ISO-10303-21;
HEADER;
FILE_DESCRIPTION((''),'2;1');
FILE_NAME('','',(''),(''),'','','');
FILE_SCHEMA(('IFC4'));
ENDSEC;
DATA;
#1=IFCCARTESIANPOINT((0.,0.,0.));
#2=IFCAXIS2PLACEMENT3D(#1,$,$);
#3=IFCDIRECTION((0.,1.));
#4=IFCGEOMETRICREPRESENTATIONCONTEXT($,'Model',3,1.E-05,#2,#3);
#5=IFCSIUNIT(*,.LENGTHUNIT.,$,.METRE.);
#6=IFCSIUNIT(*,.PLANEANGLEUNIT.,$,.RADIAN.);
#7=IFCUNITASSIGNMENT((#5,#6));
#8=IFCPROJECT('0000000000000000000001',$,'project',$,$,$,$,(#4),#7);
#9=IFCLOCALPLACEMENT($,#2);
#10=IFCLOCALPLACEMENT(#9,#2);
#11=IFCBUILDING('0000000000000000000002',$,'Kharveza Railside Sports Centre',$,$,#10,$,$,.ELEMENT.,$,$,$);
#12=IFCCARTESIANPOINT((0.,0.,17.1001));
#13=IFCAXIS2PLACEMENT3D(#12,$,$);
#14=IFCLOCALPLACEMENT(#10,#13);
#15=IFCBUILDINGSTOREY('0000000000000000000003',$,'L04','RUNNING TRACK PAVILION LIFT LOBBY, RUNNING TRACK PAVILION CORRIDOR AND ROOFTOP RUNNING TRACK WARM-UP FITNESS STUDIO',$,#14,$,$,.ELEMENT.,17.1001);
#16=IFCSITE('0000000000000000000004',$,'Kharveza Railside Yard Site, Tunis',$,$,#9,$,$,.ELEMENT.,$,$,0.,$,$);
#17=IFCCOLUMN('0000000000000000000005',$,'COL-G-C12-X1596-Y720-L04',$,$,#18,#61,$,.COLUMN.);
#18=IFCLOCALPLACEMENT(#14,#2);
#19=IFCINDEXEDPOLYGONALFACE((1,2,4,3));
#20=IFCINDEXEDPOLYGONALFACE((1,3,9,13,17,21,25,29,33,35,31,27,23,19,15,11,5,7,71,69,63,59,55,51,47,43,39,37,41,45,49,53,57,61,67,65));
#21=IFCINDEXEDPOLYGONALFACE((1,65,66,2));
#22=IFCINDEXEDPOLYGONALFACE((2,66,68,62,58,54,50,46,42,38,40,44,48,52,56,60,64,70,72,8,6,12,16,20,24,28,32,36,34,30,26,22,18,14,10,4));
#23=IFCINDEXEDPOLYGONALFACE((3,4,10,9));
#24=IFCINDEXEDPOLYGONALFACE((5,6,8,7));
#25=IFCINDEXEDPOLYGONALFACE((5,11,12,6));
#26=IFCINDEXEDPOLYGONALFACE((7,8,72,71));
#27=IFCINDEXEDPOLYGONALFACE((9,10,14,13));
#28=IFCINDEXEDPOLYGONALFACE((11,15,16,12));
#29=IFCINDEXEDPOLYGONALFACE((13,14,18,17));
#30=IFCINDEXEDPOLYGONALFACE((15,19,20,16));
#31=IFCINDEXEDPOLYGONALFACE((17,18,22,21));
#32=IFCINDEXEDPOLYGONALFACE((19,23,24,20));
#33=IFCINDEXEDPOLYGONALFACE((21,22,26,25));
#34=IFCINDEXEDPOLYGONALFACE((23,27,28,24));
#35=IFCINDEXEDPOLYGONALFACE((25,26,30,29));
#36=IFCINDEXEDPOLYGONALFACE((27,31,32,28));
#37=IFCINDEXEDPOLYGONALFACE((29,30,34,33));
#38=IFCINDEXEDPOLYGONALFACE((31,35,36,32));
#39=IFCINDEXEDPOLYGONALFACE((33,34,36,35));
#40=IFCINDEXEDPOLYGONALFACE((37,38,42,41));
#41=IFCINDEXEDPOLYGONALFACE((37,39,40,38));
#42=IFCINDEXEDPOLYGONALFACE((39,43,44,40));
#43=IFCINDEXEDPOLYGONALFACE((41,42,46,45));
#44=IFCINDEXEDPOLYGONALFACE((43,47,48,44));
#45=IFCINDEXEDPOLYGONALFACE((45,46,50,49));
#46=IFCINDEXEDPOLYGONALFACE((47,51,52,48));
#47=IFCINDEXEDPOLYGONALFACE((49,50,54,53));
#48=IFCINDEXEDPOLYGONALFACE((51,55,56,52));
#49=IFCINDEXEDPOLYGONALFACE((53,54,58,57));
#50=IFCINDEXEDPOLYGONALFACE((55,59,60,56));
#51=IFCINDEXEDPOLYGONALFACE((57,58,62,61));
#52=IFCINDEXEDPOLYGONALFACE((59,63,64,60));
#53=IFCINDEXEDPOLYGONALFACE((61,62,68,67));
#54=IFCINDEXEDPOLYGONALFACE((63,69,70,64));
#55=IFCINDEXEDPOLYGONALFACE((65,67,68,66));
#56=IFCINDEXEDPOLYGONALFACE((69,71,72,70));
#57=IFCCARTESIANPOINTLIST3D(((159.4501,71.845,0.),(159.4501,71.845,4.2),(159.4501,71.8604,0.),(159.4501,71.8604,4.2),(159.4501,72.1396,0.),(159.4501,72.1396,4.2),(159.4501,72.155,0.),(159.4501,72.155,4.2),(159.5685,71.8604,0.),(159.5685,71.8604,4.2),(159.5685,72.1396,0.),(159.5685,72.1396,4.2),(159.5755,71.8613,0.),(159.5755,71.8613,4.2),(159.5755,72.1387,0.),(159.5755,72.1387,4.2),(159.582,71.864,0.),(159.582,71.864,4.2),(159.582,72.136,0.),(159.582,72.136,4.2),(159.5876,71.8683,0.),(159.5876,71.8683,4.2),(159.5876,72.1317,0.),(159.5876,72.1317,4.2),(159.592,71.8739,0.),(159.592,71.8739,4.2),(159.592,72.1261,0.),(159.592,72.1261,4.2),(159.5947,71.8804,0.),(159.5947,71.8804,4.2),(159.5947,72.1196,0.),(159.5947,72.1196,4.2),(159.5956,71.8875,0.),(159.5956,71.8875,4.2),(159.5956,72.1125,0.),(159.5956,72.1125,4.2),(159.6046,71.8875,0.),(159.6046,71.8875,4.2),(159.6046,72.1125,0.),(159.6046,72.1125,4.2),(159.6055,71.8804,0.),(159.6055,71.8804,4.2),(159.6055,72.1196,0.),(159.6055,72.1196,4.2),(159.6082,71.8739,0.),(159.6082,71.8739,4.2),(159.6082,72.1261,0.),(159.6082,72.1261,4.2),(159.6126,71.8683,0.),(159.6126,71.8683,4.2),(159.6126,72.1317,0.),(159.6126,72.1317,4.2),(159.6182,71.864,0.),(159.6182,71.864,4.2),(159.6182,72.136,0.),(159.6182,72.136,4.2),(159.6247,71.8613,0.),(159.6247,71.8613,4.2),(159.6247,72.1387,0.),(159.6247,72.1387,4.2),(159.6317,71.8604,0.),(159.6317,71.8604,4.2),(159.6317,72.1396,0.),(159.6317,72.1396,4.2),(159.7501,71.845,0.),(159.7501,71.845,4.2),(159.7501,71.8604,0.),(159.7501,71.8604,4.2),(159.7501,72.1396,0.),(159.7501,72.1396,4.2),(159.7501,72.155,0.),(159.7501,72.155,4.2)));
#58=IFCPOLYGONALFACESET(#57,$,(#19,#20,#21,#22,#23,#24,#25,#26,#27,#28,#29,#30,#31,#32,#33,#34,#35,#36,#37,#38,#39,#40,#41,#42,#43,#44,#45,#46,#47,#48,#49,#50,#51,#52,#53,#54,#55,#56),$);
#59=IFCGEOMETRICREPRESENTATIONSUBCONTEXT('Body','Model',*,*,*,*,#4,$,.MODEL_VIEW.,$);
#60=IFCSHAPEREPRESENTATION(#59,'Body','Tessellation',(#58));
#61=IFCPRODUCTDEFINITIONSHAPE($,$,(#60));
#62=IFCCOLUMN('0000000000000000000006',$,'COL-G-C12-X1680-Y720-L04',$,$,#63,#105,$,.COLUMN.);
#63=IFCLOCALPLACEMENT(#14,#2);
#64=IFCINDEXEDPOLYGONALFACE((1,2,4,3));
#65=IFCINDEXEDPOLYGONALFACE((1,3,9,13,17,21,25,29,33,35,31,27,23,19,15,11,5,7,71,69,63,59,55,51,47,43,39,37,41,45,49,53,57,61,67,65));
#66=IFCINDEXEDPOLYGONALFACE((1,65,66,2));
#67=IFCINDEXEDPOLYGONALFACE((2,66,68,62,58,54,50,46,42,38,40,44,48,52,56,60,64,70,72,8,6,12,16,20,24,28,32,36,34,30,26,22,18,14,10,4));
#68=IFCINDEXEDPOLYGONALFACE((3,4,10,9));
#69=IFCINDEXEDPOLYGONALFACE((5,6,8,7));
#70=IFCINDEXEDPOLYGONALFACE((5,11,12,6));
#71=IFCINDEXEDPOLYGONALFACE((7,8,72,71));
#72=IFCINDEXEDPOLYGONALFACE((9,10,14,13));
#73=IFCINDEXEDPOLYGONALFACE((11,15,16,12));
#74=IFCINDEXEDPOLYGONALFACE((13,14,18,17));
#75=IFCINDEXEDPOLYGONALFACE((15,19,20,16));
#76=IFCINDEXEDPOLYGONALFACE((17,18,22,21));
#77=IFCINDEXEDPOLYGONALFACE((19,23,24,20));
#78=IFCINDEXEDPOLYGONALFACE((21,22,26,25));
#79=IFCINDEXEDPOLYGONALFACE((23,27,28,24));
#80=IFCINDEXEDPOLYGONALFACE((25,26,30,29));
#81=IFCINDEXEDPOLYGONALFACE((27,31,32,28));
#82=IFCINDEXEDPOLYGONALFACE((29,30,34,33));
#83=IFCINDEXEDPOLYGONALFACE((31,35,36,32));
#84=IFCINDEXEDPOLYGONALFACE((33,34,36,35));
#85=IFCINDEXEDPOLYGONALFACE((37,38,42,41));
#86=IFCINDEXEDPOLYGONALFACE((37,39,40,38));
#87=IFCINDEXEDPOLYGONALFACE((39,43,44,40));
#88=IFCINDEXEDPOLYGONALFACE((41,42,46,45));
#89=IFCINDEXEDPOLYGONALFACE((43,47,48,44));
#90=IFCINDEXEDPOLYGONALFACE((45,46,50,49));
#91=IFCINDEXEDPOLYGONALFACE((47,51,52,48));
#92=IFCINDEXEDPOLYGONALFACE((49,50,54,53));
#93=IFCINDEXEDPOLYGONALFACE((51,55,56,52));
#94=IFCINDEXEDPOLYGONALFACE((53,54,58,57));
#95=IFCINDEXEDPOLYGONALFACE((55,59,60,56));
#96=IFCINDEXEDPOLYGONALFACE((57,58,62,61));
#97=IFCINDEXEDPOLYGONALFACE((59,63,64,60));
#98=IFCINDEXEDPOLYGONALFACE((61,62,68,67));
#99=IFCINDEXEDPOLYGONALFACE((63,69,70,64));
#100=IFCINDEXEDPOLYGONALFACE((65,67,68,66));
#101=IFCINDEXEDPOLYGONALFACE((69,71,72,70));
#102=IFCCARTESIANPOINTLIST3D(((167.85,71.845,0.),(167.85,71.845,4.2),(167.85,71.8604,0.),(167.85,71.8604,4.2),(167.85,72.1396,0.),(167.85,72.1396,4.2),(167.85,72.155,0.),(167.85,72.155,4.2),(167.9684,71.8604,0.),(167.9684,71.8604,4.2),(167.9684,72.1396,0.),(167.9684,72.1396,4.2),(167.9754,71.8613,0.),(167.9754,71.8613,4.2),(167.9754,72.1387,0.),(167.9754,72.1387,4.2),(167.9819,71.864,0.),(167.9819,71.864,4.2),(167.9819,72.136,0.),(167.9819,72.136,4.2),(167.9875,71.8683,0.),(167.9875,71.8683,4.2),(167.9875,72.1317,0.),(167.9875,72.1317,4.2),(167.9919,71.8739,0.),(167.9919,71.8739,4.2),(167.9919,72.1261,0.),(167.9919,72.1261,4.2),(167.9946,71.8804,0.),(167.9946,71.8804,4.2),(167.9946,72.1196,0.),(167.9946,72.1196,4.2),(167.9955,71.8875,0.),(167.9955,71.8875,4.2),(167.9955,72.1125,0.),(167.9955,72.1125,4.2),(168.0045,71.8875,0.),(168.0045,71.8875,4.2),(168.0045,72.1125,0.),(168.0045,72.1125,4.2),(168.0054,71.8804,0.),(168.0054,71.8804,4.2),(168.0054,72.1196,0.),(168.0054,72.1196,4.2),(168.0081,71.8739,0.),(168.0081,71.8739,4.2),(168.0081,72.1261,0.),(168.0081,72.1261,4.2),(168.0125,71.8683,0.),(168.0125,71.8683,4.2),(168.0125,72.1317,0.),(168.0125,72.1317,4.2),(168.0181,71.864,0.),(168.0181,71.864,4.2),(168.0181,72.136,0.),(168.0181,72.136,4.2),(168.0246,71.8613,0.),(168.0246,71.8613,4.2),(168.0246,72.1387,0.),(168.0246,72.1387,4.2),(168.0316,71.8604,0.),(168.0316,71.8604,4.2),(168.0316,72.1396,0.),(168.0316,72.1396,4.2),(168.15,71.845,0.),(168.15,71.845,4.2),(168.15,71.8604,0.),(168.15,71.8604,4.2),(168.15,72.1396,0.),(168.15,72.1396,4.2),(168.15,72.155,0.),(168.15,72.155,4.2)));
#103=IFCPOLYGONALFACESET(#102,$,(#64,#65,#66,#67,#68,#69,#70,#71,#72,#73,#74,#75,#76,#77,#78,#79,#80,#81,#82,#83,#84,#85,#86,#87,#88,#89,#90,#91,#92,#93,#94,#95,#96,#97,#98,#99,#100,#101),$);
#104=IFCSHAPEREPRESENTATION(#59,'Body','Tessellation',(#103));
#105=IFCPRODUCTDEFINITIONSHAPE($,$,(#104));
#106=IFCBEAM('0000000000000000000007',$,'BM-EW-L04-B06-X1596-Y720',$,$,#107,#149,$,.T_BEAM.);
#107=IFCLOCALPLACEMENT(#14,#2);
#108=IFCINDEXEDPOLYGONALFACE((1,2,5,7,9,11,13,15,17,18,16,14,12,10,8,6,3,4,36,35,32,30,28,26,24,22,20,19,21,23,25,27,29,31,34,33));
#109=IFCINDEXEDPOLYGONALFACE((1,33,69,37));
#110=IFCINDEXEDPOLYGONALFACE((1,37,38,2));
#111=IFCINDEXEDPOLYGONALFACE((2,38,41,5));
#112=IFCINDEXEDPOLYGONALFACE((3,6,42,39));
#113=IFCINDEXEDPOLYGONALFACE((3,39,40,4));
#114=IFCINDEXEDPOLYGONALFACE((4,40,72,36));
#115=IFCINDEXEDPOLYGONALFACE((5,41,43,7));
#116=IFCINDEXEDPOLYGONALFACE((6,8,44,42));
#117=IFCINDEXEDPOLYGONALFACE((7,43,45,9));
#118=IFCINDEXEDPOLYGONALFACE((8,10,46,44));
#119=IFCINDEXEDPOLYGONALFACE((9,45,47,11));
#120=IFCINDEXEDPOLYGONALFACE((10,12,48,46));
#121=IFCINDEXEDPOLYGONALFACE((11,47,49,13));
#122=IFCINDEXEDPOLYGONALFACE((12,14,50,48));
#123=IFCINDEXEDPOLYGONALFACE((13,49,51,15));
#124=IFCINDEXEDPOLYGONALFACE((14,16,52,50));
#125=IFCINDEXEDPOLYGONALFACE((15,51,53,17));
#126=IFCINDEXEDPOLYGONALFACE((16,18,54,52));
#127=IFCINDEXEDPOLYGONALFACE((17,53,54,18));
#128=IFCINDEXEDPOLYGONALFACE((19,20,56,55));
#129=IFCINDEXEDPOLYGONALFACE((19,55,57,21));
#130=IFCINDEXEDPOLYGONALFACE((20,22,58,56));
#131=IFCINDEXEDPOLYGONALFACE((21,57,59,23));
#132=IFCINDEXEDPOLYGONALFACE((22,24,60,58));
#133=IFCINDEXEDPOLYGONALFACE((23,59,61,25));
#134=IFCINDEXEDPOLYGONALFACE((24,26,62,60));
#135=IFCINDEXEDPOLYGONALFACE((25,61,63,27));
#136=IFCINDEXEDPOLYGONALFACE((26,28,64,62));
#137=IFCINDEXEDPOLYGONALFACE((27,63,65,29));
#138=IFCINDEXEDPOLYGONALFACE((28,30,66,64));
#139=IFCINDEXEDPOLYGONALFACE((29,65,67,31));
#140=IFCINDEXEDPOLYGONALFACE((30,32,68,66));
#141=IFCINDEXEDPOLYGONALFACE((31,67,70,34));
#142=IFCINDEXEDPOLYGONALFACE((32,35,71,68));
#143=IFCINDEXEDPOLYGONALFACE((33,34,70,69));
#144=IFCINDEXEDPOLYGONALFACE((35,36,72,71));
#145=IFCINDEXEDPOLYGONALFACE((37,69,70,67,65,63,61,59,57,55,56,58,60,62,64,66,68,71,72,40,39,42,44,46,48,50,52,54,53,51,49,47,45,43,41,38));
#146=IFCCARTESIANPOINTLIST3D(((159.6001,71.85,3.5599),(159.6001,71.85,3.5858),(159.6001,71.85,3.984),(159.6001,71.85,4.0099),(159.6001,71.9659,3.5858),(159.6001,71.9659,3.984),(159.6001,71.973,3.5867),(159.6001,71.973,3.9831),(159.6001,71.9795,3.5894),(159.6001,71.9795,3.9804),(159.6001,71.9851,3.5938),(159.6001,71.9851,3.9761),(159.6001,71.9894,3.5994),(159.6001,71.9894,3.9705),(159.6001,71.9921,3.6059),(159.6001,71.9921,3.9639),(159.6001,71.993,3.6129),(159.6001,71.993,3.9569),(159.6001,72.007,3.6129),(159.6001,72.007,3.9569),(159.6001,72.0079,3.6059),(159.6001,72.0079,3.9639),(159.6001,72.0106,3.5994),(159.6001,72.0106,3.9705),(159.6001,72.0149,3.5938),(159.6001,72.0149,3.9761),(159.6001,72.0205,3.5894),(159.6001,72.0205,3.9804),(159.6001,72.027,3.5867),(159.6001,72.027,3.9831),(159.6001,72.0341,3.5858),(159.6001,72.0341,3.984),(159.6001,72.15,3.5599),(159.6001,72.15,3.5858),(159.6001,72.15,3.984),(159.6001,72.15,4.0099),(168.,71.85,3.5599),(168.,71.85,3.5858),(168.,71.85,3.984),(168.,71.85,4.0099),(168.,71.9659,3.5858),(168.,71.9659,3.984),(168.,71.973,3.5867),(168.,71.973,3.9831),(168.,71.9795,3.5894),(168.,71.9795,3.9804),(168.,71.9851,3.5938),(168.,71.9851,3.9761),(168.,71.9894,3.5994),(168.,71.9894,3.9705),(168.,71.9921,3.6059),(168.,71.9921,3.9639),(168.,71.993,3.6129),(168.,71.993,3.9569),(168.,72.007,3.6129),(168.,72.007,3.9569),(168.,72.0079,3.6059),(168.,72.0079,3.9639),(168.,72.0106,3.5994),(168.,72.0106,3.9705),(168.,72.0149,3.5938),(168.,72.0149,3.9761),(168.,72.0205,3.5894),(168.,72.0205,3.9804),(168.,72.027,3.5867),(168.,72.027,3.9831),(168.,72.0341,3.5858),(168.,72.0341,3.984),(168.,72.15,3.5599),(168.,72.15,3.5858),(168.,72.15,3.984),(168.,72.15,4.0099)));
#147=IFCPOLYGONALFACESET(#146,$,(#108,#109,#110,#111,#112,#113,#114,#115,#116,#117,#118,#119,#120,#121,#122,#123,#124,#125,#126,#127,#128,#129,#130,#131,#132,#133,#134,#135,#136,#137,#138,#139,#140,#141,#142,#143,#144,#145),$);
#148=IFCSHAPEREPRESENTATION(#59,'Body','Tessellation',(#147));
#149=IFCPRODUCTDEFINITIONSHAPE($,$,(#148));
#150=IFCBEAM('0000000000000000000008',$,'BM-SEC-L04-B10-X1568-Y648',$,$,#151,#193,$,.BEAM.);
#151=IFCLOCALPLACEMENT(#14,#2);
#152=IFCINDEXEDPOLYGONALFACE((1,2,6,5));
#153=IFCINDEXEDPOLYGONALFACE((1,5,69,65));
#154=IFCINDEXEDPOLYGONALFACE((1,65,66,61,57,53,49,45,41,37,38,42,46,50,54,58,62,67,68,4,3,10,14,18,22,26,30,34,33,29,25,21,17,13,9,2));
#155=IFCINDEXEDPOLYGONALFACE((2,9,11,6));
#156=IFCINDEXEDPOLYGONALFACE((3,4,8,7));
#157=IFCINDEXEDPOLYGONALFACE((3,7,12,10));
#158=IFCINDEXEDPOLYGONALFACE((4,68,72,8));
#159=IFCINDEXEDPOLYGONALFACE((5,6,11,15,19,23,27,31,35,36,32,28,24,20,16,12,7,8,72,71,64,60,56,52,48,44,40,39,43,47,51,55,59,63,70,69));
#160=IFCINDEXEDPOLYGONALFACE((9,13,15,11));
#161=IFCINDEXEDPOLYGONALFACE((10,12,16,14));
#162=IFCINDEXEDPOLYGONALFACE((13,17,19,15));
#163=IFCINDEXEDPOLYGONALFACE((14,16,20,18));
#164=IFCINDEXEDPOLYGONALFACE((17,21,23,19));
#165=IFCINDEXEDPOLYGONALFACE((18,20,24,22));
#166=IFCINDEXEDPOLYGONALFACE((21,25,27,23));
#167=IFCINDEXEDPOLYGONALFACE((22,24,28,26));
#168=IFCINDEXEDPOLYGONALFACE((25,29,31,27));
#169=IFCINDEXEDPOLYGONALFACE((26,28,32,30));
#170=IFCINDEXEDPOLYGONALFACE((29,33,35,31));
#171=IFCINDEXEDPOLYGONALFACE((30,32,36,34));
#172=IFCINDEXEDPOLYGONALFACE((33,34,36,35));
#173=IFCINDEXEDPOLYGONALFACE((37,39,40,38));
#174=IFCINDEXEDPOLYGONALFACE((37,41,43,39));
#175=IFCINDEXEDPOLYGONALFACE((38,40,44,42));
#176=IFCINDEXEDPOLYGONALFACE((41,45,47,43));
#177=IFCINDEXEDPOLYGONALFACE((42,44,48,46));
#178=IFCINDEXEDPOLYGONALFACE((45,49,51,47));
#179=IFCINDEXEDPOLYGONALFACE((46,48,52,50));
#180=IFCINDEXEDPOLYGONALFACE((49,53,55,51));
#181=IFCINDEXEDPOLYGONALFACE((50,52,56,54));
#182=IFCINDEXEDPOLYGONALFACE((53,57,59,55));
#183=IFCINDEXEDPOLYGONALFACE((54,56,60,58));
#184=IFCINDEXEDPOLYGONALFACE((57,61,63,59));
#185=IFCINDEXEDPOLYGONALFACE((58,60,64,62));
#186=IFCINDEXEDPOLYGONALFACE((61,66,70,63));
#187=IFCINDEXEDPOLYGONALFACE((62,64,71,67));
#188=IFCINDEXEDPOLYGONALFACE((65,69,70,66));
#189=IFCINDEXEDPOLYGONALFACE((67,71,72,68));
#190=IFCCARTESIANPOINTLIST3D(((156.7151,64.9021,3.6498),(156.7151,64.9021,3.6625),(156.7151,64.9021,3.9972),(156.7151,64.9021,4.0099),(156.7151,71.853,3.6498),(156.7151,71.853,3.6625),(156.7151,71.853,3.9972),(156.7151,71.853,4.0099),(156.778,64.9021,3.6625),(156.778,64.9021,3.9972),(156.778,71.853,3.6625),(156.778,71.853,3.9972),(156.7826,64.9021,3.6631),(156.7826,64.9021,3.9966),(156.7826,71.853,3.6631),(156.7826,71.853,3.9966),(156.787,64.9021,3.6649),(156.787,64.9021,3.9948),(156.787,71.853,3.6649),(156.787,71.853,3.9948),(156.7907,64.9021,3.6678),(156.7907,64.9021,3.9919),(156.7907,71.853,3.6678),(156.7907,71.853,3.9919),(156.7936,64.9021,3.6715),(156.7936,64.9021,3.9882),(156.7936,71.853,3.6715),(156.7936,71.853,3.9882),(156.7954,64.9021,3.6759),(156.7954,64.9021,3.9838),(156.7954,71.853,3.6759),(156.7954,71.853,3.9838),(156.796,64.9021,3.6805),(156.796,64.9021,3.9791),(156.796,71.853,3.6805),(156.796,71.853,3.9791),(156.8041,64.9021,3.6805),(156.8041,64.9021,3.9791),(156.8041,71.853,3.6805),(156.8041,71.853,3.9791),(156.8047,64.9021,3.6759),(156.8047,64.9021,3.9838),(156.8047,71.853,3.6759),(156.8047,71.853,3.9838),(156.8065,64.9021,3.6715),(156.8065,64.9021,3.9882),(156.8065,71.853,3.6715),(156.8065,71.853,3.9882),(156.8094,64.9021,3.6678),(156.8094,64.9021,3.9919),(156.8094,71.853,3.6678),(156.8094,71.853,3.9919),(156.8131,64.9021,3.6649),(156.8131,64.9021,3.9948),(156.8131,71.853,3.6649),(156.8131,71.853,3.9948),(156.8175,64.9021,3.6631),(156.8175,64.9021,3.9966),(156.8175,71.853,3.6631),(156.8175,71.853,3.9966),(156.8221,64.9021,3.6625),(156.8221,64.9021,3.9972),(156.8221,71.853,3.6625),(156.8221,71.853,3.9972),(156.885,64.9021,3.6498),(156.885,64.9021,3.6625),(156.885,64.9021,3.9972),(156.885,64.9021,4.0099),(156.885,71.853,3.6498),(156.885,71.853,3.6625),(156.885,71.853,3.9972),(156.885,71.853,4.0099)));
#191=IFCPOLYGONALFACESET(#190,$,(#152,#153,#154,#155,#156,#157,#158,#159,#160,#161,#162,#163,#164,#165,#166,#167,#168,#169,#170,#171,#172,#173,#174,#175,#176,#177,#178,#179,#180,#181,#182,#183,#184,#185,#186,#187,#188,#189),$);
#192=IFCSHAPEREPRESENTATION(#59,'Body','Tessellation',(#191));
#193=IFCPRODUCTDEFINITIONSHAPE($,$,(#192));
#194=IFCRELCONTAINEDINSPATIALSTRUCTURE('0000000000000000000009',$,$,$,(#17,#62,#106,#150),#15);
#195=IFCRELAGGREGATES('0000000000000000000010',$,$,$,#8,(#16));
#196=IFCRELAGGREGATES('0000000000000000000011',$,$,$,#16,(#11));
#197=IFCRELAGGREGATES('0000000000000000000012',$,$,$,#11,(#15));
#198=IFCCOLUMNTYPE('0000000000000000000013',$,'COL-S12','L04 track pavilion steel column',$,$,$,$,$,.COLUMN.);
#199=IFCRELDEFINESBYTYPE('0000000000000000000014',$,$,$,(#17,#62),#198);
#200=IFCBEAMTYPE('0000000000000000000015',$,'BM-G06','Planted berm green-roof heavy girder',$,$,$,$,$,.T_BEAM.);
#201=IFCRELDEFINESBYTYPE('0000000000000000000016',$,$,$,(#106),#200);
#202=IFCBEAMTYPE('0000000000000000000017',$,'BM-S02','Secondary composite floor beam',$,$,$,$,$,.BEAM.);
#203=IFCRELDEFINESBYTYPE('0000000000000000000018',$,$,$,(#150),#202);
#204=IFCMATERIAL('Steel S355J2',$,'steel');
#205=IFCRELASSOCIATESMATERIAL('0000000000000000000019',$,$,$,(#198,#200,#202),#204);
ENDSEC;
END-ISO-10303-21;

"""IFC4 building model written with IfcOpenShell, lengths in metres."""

from ifc_helpers import new_model, si_unit, direction, frame, origin, origin_2d, place, context, subcontext, project, spatial, i_section, extrude, material, material_profile, profile_set, type_object, element, save


model = new_model("IFC4")

# Units and contexts
model_context = context("Model", 3, precision=1e-05, world=origin(), true_north=direction((0.0, 1.0)))
body_context = subcontext(model_context, "Body", "Model", "MODEL_VIEW")
ifc_project = project(units=[si_unit("LENGTHUNIT", "METRE"), si_unit("PLANEANGLEUNIT", "RADIAN")], contexts=[model_context])

# Site, building, storey
site_placement = place(None, origin())
site = spatial("IfcSite", under=ifc_project, at=site_placement, Name="Kharveza Railside Yard Site, Tunis", CompositionType="ELEMENT", RefElevation=0.0)
building_placement = place(site_placement, origin())
building = spatial("IfcBuilding", under=site, at=building_placement, Name="Kharveza Railside Sports Centre", CompositionType="ELEMENT")
storey_placement = place(building_placement, frame((0.0, 0.0, 17.1001)))
storey = spatial("IfcBuildingStorey", under=building, at=storey_placement, Name="L04", Description="RUNNING TRACK PAVILION LIFT LOBBY, RUNNING TRACK PAVILION CORRIDOR AND ROOFTOP RUNNING TRACK WARM-UP FITNESS STUDIO", CompositionType="ELEMENT", Elevation=17.1001)

# Columns
ifc_material_1 = material(Name="Steel S355J2", Category="steel")
ifc_material_profile_1 = material_profile(ifc_material_1, i_section(OverallWidth=0.3, OverallDepth=0.3101, WebThickness=0.009, FlangeThickness=0.0154, FilletRadius=0.0271, at=origin_2d()), Name="HEA 320")
ifc_profile_set_1 = profile_set([ifc_material_profile_1], Name="Steel S355J2")
column_type = type_object("IfcColumnType", Name="COL-S12", Description="L04 track pavilion steel column", PredefinedType="COLUMN", material=ifc_profile_set_1)
for number, where, z_axis, x_axis, name in (
    (1, (159.6001, 72.0, 0.0), (0.0, 0.0, 1.0), (1.0, 0.0, 0.0), "COL-G-C12-X1596-Y720-L04"),
    (2, (168.0, 72.0, 0.0), (0.0, 0.0, 1.0), (1.0, 0.0, 0.0), "COL-G-C12-X1680-Y720-L04"),
):
    element("IfcColumn", number, at=place(storey_placement, frame(where, z_axis=z_axis, x_axis=x_axis)), inside=storey, type_object=column_type, Name=name, PredefinedType="COLUMN", context=body_context, shape_type="SweptSolid", body=[
        extrude(i_section(OverallWidth=0.3, OverallDepth=0.3101, WebThickness=0.009, FlangeThickness=0.0154, FilletRadius=0.0271, at=origin_2d()), origin(), (0.0, 0.0, 1.0), 4.2),
    ])

# Beams
ifc_material_profile_2 = material_profile(ifc_material_1, i_section(OverallWidth=0.3, OverallDepth=0.45, WebThickness=0.0139, FlangeThickness=0.0259, FilletRadius=0.0271, at=origin_2d()), Name="HEB 450")
ifc_profile_set_2 = profile_set([ifc_material_profile_2], Name="Steel S355J2")
beam_type_1 = type_object("IfcBeamType", Name="BM-G06", Description="Planted berm green-roof heavy girder", PredefinedType="T_BEAM", material=ifc_profile_set_2)
beam_1_placement = place(storey_placement, frame((159.6001, 72.0, 3.7849), z_axis=(1.0, 0.0, 0.0), x_axis=(0.0, 1.0, 0.0)))
element("IfcBeam", 3, at=beam_1_placement, inside=storey, type_object=beam_type_1, Name="BM-EW-L04-B06-X1596-Y720", PredefinedType="T_BEAM", context=body_context, shape_type="SweptSolid", body=[
    extrude(i_section(OverallWidth=0.3, OverallDepth=0.45, WebThickness=0.0139, FlangeThickness=0.0259, FilletRadius=0.0271, at=origin_2d()), origin(), (0.0, 0.0, 1.0), 8.3999),
])
ifc_material_profile_3 = material_profile(ifc_material_1, i_section(OverallWidth=0.1699, OverallDepth=0.3601, WebThickness=0.0081, FlangeThickness=0.0127, FilletRadius=0.0181, at=origin_2d()), Name="IPE 360")
ifc_profile_set_3 = profile_set([ifc_material_profile_3], Name="Steel S355J2")
beam_type_2 = type_object("IfcBeamType", Name="BM-S02", Description="Secondary composite floor beam", PredefinedType="BEAM", material=ifc_profile_set_3)
for number, where, z_axis, x_axis, name in (
    (4, (156.8, 64.9021, 3.8298), (0.0, 1.0, 0.0), (-1.0, 0.0, 0.0), "BM-SEC-L04-B10-X1568-Y648"),
):
    element("IfcBeam", number, at=place(storey_placement, frame(where, z_axis=z_axis, x_axis=x_axis)), inside=storey, type_object=beam_type_2, Name=name, PredefinedType="BEAM", context=body_context, shape_type="SweptSolid", body=[
        extrude(i_section(OverallWidth=0.1699, OverallDepth=0.3601, WebThickness=0.0081, FlangeThickness=0.0127, FilletRadius=0.0181, at=origin_2d()), origin(), (0.0, 0.0, 1.0), 6.9509),
    ])

save(model, "model.ifc")
